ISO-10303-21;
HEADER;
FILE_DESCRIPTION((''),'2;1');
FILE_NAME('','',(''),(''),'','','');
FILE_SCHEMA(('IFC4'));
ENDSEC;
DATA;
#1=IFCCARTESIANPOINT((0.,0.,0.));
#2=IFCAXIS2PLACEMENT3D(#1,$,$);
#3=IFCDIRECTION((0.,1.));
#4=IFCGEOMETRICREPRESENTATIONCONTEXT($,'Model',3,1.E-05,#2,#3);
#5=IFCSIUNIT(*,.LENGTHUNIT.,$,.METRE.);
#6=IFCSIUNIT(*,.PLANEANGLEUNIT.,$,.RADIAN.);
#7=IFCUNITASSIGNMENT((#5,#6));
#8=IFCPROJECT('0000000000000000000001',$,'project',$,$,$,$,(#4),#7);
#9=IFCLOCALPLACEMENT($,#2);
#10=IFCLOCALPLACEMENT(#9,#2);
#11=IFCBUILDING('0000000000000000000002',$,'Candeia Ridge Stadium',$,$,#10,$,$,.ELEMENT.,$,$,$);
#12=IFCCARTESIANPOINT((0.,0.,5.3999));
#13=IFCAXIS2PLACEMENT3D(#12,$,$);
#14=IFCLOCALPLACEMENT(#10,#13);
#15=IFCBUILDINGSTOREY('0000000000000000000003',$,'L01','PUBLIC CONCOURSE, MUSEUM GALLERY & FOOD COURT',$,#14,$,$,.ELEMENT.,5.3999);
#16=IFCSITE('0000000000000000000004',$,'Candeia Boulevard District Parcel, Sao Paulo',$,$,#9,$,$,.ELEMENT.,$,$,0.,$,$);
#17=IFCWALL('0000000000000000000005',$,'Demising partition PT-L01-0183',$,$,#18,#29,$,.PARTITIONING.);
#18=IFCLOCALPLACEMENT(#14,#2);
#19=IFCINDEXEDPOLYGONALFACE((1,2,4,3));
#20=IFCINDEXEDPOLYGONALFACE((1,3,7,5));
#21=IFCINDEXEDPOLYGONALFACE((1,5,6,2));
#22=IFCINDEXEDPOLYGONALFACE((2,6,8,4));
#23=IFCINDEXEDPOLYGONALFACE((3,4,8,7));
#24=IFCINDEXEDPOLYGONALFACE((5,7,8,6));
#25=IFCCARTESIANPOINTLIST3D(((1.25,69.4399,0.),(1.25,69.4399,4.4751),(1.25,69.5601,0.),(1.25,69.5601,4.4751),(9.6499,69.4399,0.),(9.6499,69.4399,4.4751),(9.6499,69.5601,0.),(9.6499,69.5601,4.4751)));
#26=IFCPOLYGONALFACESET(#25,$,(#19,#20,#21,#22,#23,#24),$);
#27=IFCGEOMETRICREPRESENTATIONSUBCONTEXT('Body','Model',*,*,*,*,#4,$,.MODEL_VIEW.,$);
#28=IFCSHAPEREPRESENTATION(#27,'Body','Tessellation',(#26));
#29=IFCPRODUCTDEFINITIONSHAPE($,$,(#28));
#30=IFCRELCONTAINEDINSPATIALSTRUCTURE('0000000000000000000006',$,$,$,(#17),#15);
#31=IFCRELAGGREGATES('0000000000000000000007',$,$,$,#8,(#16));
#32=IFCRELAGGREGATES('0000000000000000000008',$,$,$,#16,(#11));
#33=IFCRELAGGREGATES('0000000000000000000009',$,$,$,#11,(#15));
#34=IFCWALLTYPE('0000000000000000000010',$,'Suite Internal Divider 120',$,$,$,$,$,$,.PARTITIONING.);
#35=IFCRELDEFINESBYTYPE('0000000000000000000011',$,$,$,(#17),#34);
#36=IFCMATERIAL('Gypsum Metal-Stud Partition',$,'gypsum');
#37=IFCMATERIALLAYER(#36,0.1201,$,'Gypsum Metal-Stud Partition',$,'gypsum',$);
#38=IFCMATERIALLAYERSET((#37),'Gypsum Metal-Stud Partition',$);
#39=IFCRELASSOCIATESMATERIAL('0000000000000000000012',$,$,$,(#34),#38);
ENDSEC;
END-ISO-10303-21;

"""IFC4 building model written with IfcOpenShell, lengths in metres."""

from ifc_helpers import new_model, si_unit, direction, frame, frame_2d, origin, place, context, subcontext, project, spatial, rectangle, extrude, material, layer, layer_set, type_object, element, save


model = new_model("IFC4")

# Units and contexts
model_context = context("Model", 3, precision=1e-05, world=origin(), true_north=direction((0.0, 1.0)))
body_context = subcontext(model_context, "Body", "Model", "MODEL_VIEW")
ifc_project = project(units=[si_unit("LENGTHUNIT", "METRE"), si_unit("PLANEANGLEUNIT", "RADIAN")], contexts=[model_context])

# Site, building, storey
site_placement = place(None, origin())
site = spatial("IfcSite", under=ifc_project, at=site_placement, Name="Candeia Boulevard District Parcel, Sao Paulo", CompositionType="ELEMENT", RefElevation=0.0)
building_placement = place(site_placement, origin())
building = spatial("IfcBuilding", under=site, at=building_placement, Name="Candeia Ridge Stadium", CompositionType="ELEMENT")
storey_placement = place(building_placement, frame((0.0, 0.0, 5.3999)))
storey = spatial("IfcBuildingStorey", under=building, at=storey_placement, Name="L01", Description="PUBLIC CONCOURSE, MUSEUM GALLERY & FOOD COURT", CompositionType="ELEMENT", Elevation=5.3999)

# Wall
ifc_material_1 = material(Name="Gypsum Metal-Stud Partition", Category="gypsum")
ifc_layer_1 = layer(ifc_material_1, 0.1201, Name="Gypsum Metal-Stud Partition", Category="gypsum")
ifc_layer_set_1 = layer_set([ifc_layer_1], Name="Gypsum Metal-Stud Partition")
wall_type_1 = type_object("IfcWallType", Name="Suite Internal Divider 120", PredefinedType="PARTITIONING", material=ifc_layer_set_1)
wall_1_placement = place(storey_placement, frame((9.6499, 69.5, 0.0), z_axis=(0.0, 0.0, 1.0), x_axis=(-1.0, 0.0, 0.0)))
element("IfcWall", 1, at=wall_1_placement, inside=storey, type_object=wall_type_1, Name="Demising partition PT-L01-0183", PredefinedType="PARTITIONING", context=body_context, shape_type="SweptSolid", body=[
    extrude(rectangle(XDim=8.3999, YDim=0.1201, at=frame_2d((4.2, 0.0))), origin(), (0.0, 0.0, 1.0), 4.4751),
])

save(model, "model.ifc")
